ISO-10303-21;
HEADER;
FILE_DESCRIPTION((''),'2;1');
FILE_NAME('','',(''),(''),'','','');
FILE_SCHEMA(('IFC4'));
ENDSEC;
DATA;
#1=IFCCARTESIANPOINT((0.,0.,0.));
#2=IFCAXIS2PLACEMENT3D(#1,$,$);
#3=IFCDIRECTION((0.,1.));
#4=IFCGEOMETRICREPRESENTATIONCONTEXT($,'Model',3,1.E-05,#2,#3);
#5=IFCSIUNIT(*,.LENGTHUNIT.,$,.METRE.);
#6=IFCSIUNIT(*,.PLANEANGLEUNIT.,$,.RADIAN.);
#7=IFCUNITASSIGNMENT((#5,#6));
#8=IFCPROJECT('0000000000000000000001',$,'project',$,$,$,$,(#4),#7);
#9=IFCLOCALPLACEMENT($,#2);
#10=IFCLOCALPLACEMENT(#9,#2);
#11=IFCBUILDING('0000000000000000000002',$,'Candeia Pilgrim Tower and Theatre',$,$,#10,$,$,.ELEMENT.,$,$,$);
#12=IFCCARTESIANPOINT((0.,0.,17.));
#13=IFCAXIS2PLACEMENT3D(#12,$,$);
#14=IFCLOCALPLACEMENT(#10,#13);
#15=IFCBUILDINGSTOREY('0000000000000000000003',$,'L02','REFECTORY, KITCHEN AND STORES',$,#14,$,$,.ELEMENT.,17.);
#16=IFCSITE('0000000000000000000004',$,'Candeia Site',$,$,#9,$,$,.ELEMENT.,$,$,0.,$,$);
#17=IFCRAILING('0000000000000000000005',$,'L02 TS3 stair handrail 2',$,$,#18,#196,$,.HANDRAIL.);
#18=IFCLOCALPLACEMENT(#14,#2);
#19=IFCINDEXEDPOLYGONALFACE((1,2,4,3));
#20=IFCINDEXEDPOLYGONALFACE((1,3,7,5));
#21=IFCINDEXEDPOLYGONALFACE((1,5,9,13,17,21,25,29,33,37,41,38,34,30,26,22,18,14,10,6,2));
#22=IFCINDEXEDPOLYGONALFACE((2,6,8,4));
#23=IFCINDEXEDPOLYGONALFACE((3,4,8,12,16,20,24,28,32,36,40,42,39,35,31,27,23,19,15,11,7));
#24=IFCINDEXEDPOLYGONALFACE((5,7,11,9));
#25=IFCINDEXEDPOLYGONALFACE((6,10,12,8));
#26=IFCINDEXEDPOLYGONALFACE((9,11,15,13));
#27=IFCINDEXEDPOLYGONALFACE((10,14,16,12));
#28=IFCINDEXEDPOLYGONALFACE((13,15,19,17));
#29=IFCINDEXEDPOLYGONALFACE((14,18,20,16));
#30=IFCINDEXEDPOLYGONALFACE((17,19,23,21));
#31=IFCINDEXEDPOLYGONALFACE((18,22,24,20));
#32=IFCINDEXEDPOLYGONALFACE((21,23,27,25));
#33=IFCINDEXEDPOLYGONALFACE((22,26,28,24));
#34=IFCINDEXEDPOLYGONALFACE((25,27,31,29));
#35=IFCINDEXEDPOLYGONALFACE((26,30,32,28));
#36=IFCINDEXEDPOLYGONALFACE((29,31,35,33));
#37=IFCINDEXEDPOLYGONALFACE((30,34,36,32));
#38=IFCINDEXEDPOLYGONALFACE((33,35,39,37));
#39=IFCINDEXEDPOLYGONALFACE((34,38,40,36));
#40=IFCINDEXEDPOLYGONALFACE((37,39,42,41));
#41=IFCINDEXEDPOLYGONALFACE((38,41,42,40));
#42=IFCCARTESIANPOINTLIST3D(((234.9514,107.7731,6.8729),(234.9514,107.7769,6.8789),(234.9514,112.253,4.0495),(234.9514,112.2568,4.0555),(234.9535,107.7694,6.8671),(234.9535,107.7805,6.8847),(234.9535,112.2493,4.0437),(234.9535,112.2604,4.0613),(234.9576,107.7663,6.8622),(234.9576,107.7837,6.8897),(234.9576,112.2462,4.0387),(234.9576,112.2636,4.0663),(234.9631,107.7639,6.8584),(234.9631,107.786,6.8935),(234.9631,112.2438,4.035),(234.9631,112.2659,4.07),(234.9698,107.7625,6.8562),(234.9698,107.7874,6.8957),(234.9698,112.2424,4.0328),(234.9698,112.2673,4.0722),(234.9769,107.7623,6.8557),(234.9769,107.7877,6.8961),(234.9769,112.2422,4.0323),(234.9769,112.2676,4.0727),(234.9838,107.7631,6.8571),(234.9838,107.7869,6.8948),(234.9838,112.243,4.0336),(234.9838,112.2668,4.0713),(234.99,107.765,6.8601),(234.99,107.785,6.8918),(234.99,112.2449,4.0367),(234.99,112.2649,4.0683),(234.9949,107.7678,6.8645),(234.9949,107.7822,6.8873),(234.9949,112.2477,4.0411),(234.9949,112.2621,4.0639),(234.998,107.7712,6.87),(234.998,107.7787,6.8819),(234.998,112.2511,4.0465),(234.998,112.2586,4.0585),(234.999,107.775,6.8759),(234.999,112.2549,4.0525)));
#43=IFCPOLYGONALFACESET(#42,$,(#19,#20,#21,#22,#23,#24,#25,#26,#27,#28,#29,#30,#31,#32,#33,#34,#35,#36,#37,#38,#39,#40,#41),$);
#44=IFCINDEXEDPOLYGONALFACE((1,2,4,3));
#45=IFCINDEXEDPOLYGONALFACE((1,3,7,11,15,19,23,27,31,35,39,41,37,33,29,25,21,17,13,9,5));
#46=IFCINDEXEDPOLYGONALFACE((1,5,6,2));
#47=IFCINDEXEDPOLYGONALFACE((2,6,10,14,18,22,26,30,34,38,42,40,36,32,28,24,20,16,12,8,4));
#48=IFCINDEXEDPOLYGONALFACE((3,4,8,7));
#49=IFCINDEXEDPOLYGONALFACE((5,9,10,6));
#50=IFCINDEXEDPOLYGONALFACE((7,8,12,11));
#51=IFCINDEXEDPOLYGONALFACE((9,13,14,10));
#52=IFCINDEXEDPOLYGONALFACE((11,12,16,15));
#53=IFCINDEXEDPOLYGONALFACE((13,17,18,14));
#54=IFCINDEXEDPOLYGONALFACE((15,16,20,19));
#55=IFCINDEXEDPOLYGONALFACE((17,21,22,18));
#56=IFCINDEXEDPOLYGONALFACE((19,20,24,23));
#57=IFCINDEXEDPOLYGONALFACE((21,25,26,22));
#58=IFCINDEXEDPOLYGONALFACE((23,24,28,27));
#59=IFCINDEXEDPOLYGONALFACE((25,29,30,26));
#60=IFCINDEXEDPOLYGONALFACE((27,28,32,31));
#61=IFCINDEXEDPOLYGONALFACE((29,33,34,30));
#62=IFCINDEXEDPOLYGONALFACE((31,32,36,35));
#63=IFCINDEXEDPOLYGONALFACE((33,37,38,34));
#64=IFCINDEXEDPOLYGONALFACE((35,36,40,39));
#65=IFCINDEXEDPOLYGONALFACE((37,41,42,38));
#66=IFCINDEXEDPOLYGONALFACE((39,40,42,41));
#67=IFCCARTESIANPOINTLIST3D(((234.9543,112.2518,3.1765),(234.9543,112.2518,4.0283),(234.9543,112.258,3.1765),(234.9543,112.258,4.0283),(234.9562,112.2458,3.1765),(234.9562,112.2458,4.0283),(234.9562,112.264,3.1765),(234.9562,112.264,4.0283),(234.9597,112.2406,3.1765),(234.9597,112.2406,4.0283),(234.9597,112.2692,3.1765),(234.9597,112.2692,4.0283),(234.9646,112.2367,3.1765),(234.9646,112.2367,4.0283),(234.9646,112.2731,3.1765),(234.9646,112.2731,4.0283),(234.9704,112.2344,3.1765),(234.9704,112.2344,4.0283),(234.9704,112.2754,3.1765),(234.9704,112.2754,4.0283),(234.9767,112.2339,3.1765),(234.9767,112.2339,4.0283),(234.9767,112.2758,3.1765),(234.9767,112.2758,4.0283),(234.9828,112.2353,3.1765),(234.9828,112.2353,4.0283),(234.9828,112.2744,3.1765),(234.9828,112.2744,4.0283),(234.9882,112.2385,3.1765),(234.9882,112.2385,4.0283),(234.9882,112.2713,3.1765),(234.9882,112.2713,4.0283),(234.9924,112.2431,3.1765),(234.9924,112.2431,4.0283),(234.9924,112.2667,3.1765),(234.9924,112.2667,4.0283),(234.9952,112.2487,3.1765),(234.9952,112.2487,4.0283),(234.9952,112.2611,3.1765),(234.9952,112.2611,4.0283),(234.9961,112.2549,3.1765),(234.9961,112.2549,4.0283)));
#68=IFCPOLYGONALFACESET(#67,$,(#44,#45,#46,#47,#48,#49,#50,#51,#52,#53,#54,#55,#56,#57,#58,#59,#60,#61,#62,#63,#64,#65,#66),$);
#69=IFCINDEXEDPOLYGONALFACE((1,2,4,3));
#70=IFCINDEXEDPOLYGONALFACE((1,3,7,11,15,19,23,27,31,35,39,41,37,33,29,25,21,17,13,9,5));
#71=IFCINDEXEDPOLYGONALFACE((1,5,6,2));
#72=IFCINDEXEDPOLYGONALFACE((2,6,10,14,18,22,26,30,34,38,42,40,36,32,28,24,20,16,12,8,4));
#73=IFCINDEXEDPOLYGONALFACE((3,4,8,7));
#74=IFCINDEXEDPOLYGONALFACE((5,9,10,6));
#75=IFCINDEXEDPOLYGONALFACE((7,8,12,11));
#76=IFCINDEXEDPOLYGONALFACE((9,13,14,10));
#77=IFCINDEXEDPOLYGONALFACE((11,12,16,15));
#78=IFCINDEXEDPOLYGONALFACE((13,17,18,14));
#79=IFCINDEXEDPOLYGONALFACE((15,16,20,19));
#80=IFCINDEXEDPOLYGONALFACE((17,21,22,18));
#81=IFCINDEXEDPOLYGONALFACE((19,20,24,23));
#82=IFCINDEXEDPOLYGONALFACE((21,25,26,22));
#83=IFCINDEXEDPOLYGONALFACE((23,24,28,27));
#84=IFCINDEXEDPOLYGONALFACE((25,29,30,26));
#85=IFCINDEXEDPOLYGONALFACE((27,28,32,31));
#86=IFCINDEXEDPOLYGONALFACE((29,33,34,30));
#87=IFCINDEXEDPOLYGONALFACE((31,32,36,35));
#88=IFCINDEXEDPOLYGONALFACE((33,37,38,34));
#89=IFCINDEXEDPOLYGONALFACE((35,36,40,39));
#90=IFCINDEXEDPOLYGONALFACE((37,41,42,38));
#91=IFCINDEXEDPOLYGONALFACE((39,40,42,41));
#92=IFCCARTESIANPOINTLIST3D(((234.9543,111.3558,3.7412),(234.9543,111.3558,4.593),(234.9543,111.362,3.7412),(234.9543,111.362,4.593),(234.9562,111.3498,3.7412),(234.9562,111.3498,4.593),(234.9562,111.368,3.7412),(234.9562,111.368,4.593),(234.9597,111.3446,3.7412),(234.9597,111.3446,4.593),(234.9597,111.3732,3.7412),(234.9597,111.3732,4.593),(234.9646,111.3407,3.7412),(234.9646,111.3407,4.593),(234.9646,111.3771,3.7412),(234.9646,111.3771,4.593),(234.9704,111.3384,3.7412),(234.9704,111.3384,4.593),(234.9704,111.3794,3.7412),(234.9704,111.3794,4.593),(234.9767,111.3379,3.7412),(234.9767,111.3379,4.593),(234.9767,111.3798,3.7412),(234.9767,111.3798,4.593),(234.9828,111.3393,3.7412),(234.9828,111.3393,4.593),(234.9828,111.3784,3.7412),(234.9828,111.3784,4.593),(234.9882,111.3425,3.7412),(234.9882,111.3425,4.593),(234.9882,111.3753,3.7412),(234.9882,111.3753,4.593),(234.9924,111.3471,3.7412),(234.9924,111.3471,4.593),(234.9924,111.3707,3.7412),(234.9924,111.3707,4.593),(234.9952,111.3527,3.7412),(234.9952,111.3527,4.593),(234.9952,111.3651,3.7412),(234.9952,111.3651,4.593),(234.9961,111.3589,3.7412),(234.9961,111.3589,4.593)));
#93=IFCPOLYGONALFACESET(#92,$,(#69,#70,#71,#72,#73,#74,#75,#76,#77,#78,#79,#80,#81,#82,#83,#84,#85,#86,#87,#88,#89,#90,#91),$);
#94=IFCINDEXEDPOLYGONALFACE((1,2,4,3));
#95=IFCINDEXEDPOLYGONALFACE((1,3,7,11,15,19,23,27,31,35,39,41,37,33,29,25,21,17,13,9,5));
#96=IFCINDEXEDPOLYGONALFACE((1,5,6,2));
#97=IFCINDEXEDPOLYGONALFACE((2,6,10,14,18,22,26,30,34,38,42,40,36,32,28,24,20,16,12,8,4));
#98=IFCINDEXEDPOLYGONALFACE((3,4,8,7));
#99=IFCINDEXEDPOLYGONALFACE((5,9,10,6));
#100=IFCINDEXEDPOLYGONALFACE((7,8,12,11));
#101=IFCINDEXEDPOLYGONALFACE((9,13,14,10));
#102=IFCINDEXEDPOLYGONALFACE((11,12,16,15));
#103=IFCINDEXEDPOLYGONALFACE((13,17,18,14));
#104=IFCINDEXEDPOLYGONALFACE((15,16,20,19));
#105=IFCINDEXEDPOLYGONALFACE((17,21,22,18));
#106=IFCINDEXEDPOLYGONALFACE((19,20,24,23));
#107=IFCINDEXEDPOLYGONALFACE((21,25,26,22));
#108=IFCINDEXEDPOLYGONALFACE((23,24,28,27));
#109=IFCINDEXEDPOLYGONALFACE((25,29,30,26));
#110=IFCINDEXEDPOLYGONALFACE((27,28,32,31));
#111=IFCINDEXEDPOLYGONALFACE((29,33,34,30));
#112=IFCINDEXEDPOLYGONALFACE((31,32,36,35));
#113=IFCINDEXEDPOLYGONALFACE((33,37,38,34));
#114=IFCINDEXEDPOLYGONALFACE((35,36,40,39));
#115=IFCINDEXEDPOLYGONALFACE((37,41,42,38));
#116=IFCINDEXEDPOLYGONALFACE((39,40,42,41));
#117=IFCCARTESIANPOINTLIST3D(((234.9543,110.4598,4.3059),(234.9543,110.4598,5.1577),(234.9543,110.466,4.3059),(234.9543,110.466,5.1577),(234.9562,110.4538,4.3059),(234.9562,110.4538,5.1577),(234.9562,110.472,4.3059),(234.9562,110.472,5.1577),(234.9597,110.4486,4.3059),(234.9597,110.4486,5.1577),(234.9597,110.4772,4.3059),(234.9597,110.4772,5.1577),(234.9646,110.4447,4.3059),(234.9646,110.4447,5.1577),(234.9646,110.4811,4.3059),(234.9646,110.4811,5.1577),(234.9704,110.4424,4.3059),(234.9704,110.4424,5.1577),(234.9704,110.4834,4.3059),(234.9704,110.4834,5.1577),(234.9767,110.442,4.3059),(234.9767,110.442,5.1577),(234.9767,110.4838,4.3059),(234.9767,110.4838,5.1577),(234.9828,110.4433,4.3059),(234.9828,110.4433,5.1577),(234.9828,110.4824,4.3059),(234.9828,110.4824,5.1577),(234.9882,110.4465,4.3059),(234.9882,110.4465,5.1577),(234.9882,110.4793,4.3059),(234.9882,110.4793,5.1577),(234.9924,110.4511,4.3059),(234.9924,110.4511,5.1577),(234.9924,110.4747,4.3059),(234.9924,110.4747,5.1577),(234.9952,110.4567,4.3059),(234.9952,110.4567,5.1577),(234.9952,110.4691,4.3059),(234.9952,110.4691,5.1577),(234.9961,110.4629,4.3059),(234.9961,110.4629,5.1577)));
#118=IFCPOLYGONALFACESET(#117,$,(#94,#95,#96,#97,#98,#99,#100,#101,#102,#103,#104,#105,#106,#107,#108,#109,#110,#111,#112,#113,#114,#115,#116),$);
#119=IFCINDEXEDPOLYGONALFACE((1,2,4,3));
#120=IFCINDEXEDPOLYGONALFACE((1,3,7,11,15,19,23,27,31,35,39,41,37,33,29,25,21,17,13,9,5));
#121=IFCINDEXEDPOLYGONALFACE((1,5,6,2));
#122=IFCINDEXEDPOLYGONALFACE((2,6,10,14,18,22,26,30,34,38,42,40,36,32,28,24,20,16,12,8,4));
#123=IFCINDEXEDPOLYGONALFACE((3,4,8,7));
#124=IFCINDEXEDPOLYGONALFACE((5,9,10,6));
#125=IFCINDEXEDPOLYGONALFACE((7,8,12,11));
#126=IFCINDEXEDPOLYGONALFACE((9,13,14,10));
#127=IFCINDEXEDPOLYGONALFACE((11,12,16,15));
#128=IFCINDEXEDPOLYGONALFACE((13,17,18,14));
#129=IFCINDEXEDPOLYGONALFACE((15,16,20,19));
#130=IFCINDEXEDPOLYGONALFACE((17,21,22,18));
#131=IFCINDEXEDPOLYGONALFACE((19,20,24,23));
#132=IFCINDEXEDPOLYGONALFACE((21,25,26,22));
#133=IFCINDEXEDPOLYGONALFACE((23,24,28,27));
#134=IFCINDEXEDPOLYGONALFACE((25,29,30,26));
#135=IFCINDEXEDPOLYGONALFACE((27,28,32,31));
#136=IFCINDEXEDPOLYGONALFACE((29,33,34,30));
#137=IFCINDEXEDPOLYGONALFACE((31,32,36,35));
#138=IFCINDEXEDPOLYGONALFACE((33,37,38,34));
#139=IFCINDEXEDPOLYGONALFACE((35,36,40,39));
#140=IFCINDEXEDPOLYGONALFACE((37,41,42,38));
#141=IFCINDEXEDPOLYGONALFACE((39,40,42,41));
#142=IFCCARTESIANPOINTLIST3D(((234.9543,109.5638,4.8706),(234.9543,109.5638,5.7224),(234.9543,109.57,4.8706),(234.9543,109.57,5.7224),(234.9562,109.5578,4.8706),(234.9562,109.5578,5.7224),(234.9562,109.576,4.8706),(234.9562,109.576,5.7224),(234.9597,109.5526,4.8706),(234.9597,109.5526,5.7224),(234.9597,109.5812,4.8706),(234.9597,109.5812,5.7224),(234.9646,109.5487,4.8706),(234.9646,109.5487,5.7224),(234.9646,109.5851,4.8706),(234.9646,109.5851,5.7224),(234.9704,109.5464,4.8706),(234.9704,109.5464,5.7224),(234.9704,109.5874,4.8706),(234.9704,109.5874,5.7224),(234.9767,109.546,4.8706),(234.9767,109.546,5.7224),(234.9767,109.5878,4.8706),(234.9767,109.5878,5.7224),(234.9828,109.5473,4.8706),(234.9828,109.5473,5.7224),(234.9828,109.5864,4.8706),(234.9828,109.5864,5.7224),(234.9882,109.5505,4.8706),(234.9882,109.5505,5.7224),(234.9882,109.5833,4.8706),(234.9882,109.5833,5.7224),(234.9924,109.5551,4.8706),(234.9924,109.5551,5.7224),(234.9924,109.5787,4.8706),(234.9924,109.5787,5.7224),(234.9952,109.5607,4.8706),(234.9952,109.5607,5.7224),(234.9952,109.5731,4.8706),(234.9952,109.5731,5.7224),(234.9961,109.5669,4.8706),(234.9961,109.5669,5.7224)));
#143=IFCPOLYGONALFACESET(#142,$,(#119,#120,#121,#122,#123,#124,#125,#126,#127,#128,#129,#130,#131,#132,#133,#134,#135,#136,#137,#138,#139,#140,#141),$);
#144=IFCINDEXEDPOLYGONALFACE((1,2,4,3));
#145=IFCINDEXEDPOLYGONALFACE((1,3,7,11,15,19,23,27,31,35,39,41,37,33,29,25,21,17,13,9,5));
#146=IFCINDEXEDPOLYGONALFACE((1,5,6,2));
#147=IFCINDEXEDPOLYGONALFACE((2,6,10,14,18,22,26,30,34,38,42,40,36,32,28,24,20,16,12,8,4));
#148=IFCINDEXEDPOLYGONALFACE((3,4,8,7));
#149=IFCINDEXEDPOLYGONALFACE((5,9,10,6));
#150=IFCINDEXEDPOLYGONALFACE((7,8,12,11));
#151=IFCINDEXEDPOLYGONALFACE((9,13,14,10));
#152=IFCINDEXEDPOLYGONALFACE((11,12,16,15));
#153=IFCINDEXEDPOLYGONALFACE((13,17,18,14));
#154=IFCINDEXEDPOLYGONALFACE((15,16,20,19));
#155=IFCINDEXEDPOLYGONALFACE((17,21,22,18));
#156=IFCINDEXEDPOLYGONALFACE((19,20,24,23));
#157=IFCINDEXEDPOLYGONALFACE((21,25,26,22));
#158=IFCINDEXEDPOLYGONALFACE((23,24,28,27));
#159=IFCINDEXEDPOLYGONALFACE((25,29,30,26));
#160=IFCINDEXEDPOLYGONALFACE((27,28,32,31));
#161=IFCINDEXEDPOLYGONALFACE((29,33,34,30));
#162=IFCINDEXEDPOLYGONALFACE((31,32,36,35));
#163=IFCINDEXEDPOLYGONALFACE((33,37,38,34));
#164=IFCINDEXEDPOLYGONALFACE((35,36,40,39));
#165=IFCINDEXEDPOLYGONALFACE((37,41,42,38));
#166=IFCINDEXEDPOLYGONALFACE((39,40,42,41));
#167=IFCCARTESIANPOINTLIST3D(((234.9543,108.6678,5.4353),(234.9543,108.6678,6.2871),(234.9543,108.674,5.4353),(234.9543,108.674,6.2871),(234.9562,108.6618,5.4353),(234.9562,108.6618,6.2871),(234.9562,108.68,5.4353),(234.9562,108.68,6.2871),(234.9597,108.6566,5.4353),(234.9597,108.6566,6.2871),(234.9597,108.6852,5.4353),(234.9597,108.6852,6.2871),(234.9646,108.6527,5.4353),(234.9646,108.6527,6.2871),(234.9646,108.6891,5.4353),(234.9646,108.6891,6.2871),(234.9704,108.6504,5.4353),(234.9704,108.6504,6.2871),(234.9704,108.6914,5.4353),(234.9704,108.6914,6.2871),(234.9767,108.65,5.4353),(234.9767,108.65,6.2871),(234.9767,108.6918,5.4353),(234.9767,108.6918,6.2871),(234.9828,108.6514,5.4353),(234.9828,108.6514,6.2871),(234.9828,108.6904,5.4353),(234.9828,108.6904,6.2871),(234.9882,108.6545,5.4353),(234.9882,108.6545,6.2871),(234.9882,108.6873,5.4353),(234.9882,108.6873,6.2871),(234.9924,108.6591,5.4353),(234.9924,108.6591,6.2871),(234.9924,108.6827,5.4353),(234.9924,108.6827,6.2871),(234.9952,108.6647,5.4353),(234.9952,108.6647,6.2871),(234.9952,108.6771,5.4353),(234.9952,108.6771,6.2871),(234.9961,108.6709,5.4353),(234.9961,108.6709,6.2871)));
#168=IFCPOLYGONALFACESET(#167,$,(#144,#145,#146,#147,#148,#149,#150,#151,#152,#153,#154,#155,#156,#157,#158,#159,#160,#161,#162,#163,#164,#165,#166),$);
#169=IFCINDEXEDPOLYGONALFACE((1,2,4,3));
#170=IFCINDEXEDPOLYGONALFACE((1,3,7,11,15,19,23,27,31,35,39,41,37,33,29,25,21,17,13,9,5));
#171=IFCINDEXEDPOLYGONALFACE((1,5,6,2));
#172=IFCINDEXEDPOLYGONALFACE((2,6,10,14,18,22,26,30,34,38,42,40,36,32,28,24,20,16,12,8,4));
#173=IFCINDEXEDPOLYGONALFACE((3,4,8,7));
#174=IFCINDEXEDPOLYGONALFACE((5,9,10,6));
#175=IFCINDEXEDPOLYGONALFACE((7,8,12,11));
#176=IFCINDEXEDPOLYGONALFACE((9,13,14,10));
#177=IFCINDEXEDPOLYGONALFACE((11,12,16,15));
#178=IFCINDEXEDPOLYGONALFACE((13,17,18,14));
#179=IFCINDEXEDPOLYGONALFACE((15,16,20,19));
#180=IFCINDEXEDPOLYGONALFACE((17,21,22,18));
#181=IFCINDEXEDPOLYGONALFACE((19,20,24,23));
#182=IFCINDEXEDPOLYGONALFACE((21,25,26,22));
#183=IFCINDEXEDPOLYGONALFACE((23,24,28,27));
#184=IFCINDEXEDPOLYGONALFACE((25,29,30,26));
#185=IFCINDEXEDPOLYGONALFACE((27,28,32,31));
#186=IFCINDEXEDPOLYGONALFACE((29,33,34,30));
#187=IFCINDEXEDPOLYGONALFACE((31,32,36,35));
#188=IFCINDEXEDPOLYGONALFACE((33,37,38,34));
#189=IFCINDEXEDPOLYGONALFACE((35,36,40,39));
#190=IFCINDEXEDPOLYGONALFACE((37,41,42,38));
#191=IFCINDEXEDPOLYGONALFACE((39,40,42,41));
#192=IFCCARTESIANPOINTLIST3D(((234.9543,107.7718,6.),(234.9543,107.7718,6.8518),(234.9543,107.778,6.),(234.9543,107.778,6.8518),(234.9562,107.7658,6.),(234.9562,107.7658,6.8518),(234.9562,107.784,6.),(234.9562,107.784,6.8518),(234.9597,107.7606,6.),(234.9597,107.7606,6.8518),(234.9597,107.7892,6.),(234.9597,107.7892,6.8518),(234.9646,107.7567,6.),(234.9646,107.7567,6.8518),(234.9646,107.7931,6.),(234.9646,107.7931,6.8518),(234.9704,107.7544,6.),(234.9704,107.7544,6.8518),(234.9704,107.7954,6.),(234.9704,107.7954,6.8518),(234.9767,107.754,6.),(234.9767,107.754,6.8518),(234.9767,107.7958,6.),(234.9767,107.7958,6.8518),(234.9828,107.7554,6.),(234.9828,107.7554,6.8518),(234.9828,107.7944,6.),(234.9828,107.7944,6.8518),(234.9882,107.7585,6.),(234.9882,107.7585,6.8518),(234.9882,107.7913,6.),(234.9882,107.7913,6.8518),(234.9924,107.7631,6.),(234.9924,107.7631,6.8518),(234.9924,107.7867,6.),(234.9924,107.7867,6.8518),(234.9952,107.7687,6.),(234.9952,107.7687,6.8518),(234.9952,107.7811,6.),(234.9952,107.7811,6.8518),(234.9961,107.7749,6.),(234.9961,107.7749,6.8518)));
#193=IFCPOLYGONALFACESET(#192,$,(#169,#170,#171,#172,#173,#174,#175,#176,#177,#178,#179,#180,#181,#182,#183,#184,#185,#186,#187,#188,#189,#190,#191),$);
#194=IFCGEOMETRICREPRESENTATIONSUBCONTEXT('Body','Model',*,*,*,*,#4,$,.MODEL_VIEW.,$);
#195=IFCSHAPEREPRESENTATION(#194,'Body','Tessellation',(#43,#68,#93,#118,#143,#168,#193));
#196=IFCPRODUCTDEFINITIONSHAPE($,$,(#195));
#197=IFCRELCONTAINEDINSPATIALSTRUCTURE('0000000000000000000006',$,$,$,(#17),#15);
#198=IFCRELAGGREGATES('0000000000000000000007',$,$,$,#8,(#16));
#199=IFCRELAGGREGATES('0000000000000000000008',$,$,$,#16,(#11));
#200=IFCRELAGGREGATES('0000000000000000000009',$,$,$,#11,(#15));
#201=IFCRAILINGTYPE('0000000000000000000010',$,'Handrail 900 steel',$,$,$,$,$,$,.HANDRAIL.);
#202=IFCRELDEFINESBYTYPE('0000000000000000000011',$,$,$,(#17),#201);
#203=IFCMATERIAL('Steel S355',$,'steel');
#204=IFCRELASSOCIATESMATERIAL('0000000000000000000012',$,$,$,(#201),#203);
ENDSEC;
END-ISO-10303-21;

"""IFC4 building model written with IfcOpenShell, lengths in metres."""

from ifc_helpers import new_model, si_unit, direction, frame, origin, origin_2d, place, context, subcontext, project, spatial, circle, extrude, material, type_object, element, save


model = new_model("IFC4")

# Units and contexts
model_context = context("Model", 3, precision=1e-05, world=origin(), true_north=direction((0.0, 1.0)))
body_context = subcontext(model_context, "Body", "Model", "MODEL_VIEW")
ifc_project = project(units=[si_unit("LENGTHUNIT", "METRE"), si_unit("PLANEANGLEUNIT", "RADIAN")], contexts=[model_context])

# Site, building, storey
site_placement = place(None, origin())
site = spatial("IfcSite", under=ifc_project, at=site_placement, Name="Candeia Site", CompositionType="ELEMENT", RefElevation=0.0)
building_placement = place(site_placement, origin())
building = spatial("IfcBuilding", under=site, at=building_placement, Name="Candeia Pilgrim Tower and Theatre", CompositionType="ELEMENT")
storey_placement = place(building_placement, frame((0.0, 0.0, 17.0)))
storey = spatial("IfcBuildingStorey", under=building, at=storey_placement, Name="L02", Description="REFECTORY, KITCHEN AND STORES", CompositionType="ELEMENT", Elevation=17.0)

# Railing
ifc_material_1 = material(Name="Steel S355", Category="steel")
railing_type = type_object("IfcRailingType", Name="Handrail 900 steel", PredefinedType="HANDRAIL", material=ifc_material_1)
railing_placement = place(storey_placement, frame((234.9751, 112.2549, 3.1765)))
element("IfcRailing", 1, at=railing_placement, inside=storey, type_object=railing_type, Name="L02 TS3 stair handrail 2", PredefinedType="HANDRAIL", context=body_context, shape_type="SweptSolid", body=[
    extrude(circle(Radius=0.0239, at=origin_2d()), frame((0.0, 0.0, 0.876), z_axis=(0.0, -0.845998, 0.533186), x_axis=(1.0, 0.0, 0.0)), (0.0, 0.0, 1.0), 5.2954),
    extrude(circle(Radius=0.021, at=origin_2d()), origin(), (0.0, 0.0, 1.0), 0.8518),
    extrude(circle(Radius=0.021, at=origin_2d()), frame((0.0, -0.896, 0.5647)), (0.0, 0.0, 1.0), 0.8518),
    extrude(circle(Radius=0.021, at=origin_2d()), frame((0.0, -1.792, 1.1294)), (0.0, 0.0, 1.0), 0.8518),
    extrude(circle(Radius=0.021, at=origin_2d()), frame((0.0, -2.688, 1.6941)), (0.0, 0.0, 1.0), 0.8518),
    extrude(circle(Radius=0.021, at=origin_2d()), frame((0.0, -3.584, 2.2588)), (0.0, 0.0, 1.0), 0.8518),
    extrude(circle(Radius=0.021, at=origin_2d()), frame((0.0, -4.48, 2.8235)), (0.0, 0.0, 1.0), 0.8518),
])

save(model, "model.ifc")
